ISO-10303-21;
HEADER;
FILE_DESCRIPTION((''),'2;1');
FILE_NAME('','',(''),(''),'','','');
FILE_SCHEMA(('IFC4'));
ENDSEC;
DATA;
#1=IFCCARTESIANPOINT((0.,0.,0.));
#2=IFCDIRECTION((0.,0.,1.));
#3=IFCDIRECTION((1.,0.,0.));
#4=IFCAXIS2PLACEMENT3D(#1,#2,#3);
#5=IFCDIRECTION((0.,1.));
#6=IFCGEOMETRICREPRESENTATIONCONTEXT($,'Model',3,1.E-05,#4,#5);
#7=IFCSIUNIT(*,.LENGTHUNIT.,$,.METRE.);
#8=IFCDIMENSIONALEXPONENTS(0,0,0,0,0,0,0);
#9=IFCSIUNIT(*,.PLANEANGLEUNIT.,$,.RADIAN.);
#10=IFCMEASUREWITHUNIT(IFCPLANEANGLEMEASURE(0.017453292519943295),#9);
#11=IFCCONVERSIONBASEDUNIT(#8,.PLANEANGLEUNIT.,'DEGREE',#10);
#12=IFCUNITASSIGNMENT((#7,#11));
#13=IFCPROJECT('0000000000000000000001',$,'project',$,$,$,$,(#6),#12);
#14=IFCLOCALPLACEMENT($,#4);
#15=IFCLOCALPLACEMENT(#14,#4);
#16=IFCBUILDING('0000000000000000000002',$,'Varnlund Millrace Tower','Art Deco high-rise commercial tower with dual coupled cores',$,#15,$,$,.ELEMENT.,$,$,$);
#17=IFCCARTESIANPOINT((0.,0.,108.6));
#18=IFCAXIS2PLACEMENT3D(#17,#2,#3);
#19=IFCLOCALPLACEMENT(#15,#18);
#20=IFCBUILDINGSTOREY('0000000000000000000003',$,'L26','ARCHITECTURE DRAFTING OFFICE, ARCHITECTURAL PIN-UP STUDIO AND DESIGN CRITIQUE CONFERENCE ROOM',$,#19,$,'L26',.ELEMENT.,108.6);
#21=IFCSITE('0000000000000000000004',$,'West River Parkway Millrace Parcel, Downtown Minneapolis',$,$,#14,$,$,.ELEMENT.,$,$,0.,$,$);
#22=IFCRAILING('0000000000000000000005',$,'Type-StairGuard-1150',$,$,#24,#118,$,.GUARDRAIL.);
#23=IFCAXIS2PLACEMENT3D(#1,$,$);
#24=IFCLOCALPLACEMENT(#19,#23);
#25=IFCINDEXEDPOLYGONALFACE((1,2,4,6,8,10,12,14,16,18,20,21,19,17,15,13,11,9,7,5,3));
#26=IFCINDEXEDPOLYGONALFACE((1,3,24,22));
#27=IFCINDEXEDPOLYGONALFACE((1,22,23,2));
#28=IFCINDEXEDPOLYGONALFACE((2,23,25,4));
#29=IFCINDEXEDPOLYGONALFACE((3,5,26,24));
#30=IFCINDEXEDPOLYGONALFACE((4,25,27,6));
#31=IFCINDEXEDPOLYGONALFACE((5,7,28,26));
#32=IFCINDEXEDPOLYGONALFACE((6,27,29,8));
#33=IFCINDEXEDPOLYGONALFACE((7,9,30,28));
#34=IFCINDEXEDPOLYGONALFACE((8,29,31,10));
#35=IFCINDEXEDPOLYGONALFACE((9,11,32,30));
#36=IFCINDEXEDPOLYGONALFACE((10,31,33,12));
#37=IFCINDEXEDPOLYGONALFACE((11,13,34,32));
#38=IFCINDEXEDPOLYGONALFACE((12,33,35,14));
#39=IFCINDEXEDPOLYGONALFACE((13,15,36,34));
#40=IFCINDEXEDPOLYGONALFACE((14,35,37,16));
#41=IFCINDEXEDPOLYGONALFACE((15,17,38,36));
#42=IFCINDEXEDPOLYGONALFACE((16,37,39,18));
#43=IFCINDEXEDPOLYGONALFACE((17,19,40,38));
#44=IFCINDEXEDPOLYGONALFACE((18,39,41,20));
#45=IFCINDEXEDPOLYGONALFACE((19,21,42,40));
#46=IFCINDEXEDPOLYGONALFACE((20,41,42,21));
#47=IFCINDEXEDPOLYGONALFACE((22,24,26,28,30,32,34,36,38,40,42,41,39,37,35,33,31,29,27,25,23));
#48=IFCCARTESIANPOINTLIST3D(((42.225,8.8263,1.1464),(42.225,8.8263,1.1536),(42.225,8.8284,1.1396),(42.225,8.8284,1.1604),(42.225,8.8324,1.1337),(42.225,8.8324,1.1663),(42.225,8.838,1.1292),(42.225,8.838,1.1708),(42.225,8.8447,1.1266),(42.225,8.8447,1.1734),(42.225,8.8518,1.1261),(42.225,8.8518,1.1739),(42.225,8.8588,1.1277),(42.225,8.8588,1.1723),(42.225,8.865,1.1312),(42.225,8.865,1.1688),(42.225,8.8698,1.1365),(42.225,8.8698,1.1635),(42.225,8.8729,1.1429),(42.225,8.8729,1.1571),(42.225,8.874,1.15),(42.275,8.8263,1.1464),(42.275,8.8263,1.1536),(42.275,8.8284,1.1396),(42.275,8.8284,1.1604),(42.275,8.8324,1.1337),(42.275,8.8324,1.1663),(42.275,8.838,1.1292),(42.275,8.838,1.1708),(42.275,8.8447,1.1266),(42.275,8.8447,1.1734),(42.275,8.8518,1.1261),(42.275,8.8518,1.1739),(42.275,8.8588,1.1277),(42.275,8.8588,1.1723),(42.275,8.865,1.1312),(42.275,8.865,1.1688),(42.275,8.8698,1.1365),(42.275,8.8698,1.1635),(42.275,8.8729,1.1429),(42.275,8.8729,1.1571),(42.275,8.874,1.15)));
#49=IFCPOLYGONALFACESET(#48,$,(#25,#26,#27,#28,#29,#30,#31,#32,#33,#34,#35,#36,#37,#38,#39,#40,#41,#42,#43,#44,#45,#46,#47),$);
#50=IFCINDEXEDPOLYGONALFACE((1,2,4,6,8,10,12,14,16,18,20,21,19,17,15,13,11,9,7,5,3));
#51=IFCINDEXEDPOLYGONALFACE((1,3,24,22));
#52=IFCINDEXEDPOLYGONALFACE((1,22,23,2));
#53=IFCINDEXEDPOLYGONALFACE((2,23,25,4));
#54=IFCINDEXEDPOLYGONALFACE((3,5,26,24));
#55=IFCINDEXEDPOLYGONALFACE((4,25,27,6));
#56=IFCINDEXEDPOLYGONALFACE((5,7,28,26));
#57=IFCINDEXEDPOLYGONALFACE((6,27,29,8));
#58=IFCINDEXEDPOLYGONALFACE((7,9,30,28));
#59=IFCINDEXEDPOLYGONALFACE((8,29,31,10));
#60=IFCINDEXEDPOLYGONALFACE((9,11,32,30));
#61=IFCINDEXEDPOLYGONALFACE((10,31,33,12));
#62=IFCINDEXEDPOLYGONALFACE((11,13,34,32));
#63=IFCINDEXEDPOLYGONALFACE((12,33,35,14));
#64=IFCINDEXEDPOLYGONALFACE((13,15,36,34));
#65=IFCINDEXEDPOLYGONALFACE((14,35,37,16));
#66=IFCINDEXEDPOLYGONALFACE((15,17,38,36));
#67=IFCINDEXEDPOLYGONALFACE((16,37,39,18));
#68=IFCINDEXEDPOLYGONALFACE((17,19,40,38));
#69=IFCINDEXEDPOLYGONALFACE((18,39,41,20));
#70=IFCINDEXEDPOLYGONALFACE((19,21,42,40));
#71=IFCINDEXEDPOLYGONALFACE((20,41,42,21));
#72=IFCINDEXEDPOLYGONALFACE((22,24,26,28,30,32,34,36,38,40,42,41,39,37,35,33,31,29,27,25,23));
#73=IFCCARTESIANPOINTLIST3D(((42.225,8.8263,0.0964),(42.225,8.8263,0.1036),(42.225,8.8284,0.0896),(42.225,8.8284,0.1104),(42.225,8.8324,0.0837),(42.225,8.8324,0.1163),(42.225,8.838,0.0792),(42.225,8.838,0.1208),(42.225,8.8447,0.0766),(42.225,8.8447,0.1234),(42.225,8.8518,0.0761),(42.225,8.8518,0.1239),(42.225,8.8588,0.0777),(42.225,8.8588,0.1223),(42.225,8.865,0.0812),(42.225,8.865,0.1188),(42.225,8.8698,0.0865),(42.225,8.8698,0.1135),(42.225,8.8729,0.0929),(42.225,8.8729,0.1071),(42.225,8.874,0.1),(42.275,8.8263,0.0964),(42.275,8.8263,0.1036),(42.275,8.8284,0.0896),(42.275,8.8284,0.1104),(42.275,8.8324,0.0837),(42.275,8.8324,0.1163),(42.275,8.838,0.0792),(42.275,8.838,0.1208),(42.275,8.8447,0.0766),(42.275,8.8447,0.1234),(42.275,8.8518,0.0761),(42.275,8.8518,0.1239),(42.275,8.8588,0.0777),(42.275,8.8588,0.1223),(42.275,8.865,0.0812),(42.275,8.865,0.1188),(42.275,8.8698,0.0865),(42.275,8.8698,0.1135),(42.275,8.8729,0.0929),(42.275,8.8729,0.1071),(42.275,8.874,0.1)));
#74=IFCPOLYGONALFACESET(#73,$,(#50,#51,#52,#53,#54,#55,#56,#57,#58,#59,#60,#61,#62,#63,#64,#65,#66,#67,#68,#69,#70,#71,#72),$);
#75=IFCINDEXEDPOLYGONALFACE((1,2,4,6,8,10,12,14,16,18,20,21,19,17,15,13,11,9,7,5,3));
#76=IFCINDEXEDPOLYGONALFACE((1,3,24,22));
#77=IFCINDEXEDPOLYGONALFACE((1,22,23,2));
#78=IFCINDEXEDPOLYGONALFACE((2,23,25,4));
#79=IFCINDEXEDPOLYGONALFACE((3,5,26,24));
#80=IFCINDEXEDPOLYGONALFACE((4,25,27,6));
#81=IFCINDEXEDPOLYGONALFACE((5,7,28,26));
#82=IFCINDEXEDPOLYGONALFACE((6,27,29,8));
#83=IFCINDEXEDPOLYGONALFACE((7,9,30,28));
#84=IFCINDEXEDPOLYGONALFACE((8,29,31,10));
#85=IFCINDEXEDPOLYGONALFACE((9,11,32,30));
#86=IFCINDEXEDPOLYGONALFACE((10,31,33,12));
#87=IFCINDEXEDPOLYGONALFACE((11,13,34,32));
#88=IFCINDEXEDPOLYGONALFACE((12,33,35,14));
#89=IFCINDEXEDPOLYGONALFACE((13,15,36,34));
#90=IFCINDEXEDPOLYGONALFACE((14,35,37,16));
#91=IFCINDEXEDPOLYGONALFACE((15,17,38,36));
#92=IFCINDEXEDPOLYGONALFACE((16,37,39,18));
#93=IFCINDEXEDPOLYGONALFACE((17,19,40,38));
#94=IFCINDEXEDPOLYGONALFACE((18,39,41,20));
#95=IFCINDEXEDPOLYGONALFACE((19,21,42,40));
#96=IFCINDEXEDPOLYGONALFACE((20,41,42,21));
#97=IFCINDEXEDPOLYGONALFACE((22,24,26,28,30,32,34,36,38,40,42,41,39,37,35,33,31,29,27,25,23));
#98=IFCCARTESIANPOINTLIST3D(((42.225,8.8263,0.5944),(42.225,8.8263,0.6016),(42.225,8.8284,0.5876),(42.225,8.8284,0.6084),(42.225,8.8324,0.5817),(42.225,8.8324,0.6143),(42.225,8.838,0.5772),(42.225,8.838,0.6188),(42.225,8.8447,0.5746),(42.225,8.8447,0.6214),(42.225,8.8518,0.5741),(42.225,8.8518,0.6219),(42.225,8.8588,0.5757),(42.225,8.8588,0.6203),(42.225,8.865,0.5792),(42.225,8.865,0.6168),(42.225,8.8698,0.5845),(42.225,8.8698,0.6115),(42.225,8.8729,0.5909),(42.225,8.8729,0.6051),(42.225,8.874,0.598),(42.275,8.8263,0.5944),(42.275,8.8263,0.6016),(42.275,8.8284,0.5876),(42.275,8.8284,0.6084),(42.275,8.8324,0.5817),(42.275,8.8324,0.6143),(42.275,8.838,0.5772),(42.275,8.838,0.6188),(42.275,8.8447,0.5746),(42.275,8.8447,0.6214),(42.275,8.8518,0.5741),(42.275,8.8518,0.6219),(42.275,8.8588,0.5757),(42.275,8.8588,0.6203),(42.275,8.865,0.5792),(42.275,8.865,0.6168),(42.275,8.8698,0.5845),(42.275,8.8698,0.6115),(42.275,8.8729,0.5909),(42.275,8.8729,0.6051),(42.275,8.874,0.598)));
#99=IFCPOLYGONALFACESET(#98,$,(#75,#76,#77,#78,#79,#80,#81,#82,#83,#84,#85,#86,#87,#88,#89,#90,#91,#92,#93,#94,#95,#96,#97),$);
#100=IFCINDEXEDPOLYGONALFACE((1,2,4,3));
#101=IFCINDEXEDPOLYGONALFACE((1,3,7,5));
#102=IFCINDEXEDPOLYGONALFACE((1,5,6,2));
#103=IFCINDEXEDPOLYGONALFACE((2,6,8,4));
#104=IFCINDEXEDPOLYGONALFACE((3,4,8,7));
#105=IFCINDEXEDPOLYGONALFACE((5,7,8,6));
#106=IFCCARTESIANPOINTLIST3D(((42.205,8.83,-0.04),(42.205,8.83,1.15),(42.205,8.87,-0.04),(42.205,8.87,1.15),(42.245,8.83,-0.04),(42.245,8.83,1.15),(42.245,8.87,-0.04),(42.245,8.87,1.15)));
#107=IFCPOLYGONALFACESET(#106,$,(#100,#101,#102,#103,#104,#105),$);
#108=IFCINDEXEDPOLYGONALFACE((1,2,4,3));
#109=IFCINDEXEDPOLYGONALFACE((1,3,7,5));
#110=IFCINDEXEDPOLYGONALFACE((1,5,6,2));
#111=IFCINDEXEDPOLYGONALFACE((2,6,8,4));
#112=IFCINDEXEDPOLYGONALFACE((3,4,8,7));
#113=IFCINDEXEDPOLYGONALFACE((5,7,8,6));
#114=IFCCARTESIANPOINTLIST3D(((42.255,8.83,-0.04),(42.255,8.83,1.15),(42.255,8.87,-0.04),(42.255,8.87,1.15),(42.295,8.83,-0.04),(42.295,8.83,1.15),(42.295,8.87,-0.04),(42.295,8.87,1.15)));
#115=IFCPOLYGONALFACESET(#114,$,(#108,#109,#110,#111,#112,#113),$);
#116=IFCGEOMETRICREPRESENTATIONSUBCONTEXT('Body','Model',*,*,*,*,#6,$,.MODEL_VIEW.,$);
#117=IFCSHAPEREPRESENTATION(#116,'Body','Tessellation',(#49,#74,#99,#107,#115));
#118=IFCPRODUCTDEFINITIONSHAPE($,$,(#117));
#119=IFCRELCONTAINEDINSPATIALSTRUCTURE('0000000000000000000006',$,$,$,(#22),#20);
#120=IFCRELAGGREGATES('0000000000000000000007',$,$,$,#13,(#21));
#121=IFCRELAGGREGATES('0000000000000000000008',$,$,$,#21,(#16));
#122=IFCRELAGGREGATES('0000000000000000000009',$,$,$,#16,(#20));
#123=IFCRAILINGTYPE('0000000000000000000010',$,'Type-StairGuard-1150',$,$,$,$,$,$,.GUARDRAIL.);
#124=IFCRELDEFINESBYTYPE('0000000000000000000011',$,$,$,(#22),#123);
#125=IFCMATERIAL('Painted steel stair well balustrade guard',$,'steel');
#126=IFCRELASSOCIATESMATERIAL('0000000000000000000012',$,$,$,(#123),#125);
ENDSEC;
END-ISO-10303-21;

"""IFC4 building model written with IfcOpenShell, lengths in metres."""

from ifc_helpers import new_model, entity, si_unit, converted_unit, direction, frame, origin_with_axes, origin_2d_with_axis, place, context, subcontext, project, spatial, rectangle, circle, extrude, material, type_object, element, save


model = new_model("IFC4")

# Units and contexts
model_context = context("Model", 3, precision=1e-05, world=origin_with_axes(), true_north=direction((0.0, 1.0)))
body_context = subcontext(model_context, "Body", "Model", "MODEL_VIEW")
ifc_project = project(units=[si_unit("LENGTHUNIT", "METRE"), converted_unit("PLANEANGLEUNIT", "DEGREE", entity("IfcPlaneAngleMeasure", 0.017453292519943295), si_unit("PLANEANGLEUNIT", "RADIAN"), dimensions=[0, 0, 0, 0, 0, 0, 0])], contexts=[model_context])

# Site, building, storey
site_placement = place(None, origin_with_axes())
site = spatial("IfcSite", under=ifc_project, at=site_placement, Name="West River Parkway Millrace Parcel, Downtown Minneapolis", CompositionType="ELEMENT", RefElevation=0.0)
building_placement = place(site_placement, origin_with_axes())
building = spatial("IfcBuilding", under=site, at=building_placement, Name="Varnlund Millrace Tower", Description="Art Deco high-rise commercial tower with dual coupled cores", CompositionType="ELEMENT")
storey_placement = place(building_placement, frame((0.0, 0.0, 108.6), z_axis=(0.0, 0.0, 1.0), x_axis=(1.0, 0.0, 0.0)))
storey = spatial("IfcBuildingStorey", under=building, at=storey_placement, Name="L26", Description="ARCHITECTURE DRAFTING OFFICE, ARCHITECTURAL PIN-UP STUDIO AND DESIGN CRITIQUE CONFERENCE ROOM", LongName="L26", CompositionType="ELEMENT", Elevation=108.6)

# Railing
ifc_material_1 = material(Name="Painted steel stair well balustrade guard", Category="steel")
railing_type_1 = type_object("IfcRailingType", Name="Type-StairGuard-1150", PredefinedType="GUARDRAIL", material=ifc_material_1)
railing_1_placement = place(storey_placement, frame((0.0, 0.0, -108.6), z_axis=(0.0, 0.0, 1.0), x_axis=(1.0, 0.0, 0.0)))
element("IfcRailing", 1, at=railing_1_placement, inside=storey, type_object=railing_type_1, Name="Type-StairGuard-1150", PredefinedType="GUARDRAIL", context=body_context, shape_type="SweptSolid", body=[
    extrude(circle(Radius=0.024, at=origin_2d_with_axis()), frame((42.225, 8.85, 109.75), z_axis=(1.0, 0.0, 0.0), x_axis=(0.0, 1.0, 0.0)), (0.0, 0.0, 1.0), 0.05),
    extrude(circle(Radius=0.024, at=origin_2d_with_axis()), frame((42.225, 8.85, 108.7), z_axis=(1.0, 0.0, 0.0), x_axis=(0.0, 1.0, 0.0)), (0.0, 0.0, 1.0), 0.05),
    extrude(circle(Radius=0.024, at=origin_2d_with_axis()), frame((42.225, 8.85, 109.198), z_axis=(1.0, 0.0, 0.0), x_axis=(0.0, 1.0, 0.0)), (0.0, 0.0, 1.0), 0.05),
    extrude(rectangle(XDim=0.04, YDim=0.04, at=origin_2d_with_axis()), frame((42.225, 8.85, 108.56), z_axis=(0.0, 0.0, 1.0), x_axis=(1.0, 0.0, 0.0)), (0.0, 0.0, 1.0), 1.19),
    extrude(rectangle(XDim=0.04, YDim=0.04, at=origin_2d_with_axis()), frame((42.275, 8.85, 108.56), z_axis=(0.0, 0.0, 1.0), x_axis=(1.0, 0.0, 0.0)), (0.0, 0.0, 1.0), 1.19),
])

save(model, "model.ifc")
